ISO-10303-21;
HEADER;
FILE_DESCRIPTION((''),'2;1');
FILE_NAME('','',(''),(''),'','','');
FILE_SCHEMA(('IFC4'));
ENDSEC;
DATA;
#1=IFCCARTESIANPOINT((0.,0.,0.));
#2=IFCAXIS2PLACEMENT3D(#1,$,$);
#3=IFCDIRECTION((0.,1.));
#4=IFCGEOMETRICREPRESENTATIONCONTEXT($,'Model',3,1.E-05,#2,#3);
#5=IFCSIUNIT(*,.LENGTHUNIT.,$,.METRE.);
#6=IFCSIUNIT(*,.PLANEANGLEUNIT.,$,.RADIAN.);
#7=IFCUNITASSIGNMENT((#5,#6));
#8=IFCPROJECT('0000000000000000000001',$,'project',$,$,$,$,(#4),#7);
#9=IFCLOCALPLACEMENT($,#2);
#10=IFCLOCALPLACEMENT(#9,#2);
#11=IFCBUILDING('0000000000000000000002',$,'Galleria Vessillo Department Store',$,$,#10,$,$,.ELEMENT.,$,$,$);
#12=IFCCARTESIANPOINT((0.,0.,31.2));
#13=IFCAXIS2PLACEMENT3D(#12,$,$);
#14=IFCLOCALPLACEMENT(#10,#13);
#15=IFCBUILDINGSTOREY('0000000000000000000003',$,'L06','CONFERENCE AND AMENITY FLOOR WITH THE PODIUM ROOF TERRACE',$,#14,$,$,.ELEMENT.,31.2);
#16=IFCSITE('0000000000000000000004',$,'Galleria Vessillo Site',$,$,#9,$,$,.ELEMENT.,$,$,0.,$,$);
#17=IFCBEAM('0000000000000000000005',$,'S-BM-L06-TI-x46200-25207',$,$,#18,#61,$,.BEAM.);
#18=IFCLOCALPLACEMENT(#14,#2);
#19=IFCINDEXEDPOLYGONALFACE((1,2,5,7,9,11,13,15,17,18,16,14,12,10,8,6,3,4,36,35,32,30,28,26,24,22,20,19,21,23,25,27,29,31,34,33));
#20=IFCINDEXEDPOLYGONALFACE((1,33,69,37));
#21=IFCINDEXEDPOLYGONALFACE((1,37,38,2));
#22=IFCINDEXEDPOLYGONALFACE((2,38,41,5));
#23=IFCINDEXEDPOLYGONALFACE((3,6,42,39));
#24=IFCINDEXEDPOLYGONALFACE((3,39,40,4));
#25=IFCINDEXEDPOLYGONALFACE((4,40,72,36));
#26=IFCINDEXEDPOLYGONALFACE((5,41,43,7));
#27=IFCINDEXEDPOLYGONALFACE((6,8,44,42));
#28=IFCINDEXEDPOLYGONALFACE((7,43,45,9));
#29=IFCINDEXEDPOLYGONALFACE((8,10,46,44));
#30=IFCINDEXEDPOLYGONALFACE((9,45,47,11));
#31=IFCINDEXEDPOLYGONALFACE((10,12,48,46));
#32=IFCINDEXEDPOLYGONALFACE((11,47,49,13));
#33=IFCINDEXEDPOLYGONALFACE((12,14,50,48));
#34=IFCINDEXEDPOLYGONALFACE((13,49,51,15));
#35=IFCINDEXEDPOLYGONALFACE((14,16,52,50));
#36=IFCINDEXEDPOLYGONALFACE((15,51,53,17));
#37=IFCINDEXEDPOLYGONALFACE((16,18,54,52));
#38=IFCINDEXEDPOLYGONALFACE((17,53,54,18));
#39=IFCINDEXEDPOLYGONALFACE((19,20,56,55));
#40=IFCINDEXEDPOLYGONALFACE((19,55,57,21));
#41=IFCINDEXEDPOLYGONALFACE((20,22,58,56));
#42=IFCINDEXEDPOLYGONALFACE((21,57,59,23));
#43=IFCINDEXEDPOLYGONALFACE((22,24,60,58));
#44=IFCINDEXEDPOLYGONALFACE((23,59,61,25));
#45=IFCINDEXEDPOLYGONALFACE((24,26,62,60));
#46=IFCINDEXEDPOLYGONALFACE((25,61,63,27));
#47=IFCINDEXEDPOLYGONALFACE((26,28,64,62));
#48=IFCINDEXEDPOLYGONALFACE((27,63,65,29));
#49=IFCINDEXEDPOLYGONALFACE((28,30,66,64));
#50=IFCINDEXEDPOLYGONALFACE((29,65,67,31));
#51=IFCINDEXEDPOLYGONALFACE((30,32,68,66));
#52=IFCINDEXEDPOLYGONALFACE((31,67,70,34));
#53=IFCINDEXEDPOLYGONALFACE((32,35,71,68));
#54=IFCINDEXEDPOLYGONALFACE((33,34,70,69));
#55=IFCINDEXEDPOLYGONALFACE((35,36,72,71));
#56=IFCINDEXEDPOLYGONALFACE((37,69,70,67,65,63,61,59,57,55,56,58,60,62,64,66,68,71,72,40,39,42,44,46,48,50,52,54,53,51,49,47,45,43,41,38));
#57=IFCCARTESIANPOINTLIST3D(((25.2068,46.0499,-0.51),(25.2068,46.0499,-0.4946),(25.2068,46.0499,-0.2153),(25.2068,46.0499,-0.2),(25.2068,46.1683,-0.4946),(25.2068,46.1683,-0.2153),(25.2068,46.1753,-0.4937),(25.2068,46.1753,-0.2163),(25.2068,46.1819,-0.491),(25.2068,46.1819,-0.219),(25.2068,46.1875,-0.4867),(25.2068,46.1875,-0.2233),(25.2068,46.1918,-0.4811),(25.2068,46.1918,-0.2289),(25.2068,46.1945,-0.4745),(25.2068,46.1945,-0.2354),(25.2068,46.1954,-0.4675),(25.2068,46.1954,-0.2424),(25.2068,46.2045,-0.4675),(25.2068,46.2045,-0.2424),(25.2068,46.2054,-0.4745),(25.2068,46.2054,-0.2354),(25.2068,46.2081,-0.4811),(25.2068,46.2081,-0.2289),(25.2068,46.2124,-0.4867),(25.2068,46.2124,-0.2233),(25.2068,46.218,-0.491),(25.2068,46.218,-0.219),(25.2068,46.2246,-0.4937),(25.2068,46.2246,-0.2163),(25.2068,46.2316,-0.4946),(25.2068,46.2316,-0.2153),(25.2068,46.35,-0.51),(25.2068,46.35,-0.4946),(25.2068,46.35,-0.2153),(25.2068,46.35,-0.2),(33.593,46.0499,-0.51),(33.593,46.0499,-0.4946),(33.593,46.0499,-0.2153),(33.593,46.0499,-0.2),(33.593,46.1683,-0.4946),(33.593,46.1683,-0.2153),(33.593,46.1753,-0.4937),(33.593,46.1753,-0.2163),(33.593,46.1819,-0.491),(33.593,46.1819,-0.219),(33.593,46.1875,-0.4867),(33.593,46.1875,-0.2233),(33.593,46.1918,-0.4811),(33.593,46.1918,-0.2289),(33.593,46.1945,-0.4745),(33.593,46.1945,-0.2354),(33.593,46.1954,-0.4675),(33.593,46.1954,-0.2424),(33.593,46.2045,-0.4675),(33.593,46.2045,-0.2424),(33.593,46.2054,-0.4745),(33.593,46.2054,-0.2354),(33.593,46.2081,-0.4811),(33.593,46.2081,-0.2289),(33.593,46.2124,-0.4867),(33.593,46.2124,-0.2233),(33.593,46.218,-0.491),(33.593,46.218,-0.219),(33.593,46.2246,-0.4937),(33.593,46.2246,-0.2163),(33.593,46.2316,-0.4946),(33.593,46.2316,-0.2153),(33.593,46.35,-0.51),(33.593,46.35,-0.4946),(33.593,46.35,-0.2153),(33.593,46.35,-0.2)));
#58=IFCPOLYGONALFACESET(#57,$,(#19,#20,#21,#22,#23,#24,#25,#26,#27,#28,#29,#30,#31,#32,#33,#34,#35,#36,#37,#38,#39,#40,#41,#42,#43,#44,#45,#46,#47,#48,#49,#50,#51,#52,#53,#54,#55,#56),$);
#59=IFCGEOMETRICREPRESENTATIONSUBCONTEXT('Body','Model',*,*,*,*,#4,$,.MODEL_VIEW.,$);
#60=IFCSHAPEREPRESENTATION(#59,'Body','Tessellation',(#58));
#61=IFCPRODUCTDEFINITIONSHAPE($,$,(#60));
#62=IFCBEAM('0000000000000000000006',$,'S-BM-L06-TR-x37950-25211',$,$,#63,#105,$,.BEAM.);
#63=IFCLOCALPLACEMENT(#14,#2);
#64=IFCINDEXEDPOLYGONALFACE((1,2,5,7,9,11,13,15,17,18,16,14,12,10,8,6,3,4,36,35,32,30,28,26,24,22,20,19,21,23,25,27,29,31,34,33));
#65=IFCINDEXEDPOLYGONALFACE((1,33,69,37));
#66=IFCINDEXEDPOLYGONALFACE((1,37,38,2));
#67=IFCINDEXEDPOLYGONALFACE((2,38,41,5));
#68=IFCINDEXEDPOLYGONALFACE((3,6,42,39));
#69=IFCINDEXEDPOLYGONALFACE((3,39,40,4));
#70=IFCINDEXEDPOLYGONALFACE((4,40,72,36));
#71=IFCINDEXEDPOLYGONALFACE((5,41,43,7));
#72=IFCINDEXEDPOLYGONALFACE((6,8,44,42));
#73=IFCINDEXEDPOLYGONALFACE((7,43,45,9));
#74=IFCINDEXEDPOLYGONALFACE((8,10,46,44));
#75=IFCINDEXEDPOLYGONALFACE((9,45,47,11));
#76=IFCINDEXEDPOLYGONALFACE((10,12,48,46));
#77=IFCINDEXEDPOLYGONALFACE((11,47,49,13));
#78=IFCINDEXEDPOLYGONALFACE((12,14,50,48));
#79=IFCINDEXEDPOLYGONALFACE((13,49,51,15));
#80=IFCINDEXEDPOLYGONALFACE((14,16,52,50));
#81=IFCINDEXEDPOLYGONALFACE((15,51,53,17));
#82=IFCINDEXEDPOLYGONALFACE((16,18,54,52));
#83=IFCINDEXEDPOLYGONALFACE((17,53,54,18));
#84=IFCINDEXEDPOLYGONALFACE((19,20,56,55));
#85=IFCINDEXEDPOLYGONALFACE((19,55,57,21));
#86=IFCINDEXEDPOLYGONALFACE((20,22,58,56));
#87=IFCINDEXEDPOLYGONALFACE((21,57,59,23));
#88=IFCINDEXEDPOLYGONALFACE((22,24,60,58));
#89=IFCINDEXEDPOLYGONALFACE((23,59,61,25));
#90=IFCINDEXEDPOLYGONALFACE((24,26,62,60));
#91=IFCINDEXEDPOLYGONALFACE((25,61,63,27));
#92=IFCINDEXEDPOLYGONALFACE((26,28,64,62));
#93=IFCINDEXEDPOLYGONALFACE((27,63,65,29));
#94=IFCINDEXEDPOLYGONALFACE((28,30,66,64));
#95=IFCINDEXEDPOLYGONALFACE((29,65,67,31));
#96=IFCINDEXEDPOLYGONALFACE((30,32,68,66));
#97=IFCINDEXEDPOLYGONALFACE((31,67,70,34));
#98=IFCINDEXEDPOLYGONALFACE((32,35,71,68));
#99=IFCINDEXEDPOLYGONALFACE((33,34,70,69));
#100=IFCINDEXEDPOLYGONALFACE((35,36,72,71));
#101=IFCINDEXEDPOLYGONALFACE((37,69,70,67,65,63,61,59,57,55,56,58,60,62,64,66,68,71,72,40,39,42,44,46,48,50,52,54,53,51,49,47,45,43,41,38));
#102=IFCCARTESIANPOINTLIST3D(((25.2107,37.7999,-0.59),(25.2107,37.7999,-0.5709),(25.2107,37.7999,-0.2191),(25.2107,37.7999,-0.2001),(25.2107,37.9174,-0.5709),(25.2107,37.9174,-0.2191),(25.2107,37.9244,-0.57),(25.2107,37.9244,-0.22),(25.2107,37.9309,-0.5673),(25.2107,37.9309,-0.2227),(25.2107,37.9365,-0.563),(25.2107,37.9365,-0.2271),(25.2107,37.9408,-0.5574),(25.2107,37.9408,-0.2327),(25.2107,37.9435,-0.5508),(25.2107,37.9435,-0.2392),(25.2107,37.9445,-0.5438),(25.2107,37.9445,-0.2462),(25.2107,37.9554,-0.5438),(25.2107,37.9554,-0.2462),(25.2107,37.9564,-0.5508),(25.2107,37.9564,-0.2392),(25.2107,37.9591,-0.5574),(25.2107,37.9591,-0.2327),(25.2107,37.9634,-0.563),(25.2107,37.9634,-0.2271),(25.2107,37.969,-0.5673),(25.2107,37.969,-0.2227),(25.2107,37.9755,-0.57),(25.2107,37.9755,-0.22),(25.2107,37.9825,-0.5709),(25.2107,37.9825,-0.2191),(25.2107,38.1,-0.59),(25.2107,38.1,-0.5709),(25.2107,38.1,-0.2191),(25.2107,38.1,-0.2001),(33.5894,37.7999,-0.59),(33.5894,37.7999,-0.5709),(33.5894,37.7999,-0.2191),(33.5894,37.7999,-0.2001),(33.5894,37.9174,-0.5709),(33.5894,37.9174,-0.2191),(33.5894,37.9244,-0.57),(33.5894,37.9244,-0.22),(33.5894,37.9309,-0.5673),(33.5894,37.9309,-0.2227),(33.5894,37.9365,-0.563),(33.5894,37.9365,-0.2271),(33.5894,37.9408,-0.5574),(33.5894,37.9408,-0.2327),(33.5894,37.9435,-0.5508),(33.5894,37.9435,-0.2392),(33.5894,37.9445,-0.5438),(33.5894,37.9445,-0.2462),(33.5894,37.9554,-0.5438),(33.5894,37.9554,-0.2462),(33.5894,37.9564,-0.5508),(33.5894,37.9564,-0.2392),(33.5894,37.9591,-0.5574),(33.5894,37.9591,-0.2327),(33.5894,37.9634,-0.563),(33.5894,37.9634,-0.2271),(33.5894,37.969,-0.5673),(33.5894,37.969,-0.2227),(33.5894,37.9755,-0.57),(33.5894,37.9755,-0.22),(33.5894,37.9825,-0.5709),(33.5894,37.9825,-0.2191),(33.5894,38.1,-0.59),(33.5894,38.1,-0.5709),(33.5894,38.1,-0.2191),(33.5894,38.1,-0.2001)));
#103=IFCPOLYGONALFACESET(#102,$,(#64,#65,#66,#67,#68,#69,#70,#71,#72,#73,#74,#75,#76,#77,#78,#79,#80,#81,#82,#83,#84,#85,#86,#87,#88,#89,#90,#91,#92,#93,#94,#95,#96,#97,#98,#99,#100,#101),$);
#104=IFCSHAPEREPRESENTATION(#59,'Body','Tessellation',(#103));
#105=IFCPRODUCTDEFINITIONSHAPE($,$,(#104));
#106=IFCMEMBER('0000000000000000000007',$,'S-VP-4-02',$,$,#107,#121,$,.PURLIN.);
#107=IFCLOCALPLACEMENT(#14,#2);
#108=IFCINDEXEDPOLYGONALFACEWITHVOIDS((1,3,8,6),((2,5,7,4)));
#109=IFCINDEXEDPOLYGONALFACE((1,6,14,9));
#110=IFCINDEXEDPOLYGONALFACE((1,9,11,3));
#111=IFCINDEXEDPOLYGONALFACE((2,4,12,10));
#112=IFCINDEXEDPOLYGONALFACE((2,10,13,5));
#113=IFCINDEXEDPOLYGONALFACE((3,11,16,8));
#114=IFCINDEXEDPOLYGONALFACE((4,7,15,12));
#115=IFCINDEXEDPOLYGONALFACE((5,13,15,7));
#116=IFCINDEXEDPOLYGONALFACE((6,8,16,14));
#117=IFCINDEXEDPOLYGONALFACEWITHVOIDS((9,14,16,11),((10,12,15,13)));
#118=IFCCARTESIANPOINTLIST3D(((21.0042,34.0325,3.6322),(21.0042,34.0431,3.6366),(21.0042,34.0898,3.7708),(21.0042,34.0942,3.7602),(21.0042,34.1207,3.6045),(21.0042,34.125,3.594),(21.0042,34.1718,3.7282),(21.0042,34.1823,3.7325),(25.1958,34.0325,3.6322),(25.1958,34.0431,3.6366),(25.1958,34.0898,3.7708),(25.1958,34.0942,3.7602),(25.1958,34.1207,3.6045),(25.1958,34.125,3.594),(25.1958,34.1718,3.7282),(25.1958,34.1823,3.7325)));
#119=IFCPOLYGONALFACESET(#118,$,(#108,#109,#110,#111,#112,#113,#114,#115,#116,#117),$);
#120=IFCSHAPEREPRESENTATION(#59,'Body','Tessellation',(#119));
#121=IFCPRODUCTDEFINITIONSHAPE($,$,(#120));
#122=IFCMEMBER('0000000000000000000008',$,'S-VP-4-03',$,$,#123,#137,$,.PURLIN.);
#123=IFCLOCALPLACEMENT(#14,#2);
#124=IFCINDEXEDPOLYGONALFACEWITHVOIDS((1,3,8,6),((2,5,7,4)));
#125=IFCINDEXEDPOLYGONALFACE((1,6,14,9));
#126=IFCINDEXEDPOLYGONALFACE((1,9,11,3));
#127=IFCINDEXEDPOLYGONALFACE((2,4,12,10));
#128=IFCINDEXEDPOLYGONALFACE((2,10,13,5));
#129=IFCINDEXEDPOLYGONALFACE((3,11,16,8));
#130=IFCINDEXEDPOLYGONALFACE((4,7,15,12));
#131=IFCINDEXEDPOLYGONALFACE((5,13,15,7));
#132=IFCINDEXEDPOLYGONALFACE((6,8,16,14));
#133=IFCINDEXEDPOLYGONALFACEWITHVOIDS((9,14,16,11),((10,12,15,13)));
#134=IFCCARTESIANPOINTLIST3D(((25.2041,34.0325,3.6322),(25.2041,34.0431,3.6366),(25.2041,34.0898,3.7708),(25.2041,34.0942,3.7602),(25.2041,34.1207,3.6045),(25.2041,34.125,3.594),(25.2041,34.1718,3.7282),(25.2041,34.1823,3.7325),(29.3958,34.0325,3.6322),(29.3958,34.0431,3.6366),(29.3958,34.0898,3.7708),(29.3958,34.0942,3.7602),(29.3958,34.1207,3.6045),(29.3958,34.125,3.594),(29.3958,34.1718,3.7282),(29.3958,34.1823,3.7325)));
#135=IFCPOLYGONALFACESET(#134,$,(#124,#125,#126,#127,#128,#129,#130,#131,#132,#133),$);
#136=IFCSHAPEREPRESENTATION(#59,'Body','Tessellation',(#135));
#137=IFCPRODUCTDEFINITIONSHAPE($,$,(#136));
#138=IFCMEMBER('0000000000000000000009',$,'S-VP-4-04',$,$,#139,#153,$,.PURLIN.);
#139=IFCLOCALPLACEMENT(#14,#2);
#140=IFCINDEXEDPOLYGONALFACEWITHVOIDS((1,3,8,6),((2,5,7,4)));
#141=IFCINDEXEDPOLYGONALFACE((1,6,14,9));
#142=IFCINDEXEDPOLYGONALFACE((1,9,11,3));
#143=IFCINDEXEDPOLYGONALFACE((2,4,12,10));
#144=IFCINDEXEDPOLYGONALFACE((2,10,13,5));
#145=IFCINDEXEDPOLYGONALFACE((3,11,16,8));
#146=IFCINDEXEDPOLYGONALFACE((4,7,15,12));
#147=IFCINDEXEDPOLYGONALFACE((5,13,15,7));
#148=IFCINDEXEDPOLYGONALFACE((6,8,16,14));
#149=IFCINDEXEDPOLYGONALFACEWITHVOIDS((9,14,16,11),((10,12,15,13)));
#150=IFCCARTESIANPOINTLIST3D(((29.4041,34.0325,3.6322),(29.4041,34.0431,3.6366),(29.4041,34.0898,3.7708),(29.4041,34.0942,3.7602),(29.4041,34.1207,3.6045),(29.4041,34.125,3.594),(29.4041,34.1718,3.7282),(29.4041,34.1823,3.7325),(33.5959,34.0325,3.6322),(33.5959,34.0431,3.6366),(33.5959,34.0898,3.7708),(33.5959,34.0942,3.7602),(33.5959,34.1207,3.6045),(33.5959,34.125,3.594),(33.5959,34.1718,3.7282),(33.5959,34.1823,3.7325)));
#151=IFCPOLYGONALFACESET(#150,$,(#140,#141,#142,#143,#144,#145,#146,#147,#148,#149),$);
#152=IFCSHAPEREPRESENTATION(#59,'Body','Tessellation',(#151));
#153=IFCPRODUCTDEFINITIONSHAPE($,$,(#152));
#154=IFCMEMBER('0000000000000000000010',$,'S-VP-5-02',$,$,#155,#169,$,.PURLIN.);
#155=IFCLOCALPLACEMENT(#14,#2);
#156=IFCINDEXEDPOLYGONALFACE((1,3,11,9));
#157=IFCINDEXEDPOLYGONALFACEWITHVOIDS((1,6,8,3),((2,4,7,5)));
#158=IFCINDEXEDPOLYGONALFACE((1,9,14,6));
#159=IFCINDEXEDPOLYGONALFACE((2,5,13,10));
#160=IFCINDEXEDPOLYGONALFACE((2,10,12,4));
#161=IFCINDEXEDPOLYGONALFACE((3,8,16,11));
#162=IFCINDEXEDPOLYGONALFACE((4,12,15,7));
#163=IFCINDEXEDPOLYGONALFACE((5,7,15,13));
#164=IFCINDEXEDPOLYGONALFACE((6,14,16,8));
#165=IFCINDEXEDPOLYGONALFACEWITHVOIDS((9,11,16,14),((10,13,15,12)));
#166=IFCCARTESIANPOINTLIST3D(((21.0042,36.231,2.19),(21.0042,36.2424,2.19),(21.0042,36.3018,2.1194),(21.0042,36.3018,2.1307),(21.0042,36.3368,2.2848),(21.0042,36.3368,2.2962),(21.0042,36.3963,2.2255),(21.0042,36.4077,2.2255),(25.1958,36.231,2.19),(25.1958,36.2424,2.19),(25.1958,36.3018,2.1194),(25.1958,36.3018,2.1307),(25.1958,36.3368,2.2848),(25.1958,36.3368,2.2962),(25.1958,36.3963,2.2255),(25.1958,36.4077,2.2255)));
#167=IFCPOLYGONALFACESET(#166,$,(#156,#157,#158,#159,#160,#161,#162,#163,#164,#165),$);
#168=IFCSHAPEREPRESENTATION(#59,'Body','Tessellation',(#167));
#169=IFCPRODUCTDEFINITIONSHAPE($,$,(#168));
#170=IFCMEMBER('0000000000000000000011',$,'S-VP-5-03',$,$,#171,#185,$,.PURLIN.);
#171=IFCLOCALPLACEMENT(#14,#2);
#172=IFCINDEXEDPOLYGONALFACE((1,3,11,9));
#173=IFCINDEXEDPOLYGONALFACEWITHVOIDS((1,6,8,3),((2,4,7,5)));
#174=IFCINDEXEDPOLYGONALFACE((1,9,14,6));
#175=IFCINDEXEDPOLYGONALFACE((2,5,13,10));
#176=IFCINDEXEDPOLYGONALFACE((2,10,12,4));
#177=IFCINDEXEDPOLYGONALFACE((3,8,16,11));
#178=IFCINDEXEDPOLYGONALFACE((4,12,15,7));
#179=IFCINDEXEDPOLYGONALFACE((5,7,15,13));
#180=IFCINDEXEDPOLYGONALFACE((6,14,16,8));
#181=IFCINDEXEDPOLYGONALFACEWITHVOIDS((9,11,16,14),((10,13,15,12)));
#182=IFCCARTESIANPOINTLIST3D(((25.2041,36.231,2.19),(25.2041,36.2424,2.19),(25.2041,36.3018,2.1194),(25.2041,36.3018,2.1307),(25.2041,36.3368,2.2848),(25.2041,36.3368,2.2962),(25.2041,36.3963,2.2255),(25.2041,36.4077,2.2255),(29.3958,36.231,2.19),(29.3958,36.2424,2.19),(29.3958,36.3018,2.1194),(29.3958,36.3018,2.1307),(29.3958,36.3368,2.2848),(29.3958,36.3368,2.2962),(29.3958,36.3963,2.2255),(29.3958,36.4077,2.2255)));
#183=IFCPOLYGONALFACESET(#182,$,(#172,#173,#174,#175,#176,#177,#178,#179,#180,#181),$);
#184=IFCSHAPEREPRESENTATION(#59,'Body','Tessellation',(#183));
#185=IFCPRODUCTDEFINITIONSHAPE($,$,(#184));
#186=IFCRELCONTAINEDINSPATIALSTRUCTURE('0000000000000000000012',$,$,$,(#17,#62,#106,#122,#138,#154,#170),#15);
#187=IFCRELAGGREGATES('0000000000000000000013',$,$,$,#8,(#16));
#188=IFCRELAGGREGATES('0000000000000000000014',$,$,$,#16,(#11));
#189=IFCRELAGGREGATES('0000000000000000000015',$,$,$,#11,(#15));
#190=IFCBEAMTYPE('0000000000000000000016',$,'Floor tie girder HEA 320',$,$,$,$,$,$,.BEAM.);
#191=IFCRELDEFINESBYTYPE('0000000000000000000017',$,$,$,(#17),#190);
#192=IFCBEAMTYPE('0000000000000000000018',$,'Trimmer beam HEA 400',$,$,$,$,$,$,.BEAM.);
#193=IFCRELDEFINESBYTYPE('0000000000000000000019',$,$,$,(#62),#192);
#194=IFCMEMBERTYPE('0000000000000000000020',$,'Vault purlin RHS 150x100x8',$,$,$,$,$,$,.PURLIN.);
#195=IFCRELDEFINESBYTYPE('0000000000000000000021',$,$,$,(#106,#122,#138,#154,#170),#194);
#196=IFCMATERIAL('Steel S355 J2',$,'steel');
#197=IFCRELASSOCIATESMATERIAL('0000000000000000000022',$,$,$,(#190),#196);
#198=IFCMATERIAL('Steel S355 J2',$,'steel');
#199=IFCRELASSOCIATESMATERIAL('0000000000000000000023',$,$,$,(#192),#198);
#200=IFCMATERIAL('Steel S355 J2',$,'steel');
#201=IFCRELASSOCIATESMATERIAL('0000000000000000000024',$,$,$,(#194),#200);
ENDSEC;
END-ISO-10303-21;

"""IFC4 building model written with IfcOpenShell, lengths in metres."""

from ifc_helpers import new_model, si_unit, direction, frame, origin, origin_2d, place, context, subcontext, project, spatial, hollow_rectangle, i_section, extrude, material, material_profile, profile_set, type_object, element, save


model = new_model("IFC4")

# Units and contexts
model_context = context("Model", 3, precision=1e-05, world=origin(), true_north=direction((0.0, 1.0)))
body_context = subcontext(model_context, "Body", "Model", "MODEL_VIEW")
ifc_project = project(units=[si_unit("LENGTHUNIT", "METRE"), si_unit("PLANEANGLEUNIT", "RADIAN")], contexts=[model_context])

# Site, building, storey
site_placement = place(None, origin())
site = spatial("IfcSite", under=ifc_project, at=site_placement, Name="Galleria Vessillo Site", CompositionType="ELEMENT", RefElevation=0.0)
building_placement = place(site_placement, origin())
building = spatial("IfcBuilding", under=site, at=building_placement, Name="Galleria Vessillo Department Store", CompositionType="ELEMENT")
storey_placement = place(building_placement, frame((0.0, 0.0, 31.2)))
storey = spatial("IfcBuildingStorey", under=building, at=storey_placement, Name="L06", Description="CONFERENCE AND AMENITY FLOOR WITH THE PODIUM ROOF TERRACE", CompositionType="ELEMENT", Elevation=31.2)

# Beams
ifc_material_1 = material(Name="Steel S355 J2", Category="steel")
ifc_material_profile_1 = material_profile(ifc_material_1, i_section(OverallWidth=0.3, OverallDepth=0.3101, WebThickness=0.009, FlangeThickness=0.0154, FilletRadius=0.0271, at=origin_2d()), Name="HEA 320")
ifc_profile_set_1 = profile_set([ifc_material_profile_1], Name="Steel S355 J2")
beam_type_1 = type_object("IfcBeamType", Name="Floor tie girder HEA 320", PredefinedType="BEAM", material=ifc_profile_set_1)
beam_1_placement = place(storey_placement, frame((25.2068, 46.2, -0.355), z_axis=(1.0, 0.0, 0.0), x_axis=(0.0, 1.0, 0.0)))
element("IfcBeam", 1, at=beam_1_placement, inside=storey, type_object=beam_type_1, Name="S-BM-L06-TI-x46200-25207", PredefinedType="BEAM", context=body_context, shape_type="SweptSolid", body=[
    extrude(i_section(OverallWidth=0.3, OverallDepth=0.3101, WebThickness=0.009, FlangeThickness=0.0154, FilletRadius=0.0271, at=origin_2d()), origin(), (0.0, 0.0, 1.0), 8.3862),
])
ifc_material_2 = material(Name="Steel S355 J2", Category="steel")
ifc_material_profile_2 = material_profile(ifc_material_2, i_section(OverallWidth=0.3, OverallDepth=0.3899, WebThickness=0.011, FlangeThickness=0.019, FilletRadius=0.0271, at=origin_2d()), Name="HEA 400")
ifc_profile_set_2 = profile_set([ifc_material_profile_2], Name="Steel S355 J2")
beam_type_2 = type_object("IfcBeamType", Name="Trimmer beam HEA 400", PredefinedType="BEAM", material=ifc_profile_set_2)
beam_2_placement = place(storey_placement, frame((25.2107, 37.95, -0.395), z_axis=(1.0, 0.0, 0.0), x_axis=(0.0, 1.0, 0.0)))
element("IfcBeam", 2, at=beam_2_placement, inside=storey, type_object=beam_type_2, Name="S-BM-L06-TR-x37950-25211", PredefinedType="BEAM", context=body_context, shape_type="SweptSolid", body=[
    extrude(i_section(OverallWidth=0.3, OverallDepth=0.3899, WebThickness=0.011, FlangeThickness=0.019, FilletRadius=0.0271, at=origin_2d()), origin(), (0.0, 0.0, 1.0), 8.3787),
])

# Members
ifc_material_3 = material(Name="Steel S355 J2", Category="steel")
ifc_material_profile_3 = material_profile(ifc_material_3, hollow_rectangle(XDim=0.1001, YDim=0.1499, WallThickness=0.0081, at=origin_2d()), Name="RHS 150x100x8")
ifc_profile_set_3 = profile_set([ifc_material_profile_3], Name="Steel S355 J2")
member_type_1 = type_object("IfcMemberType", Name="Vault purlin RHS 150x100x8", PredefinedType="PURLIN", material=ifc_profile_set_3)
for number, where, z_axis, x_axis, name in (
    (3, (21.0042, 34.1074, 3.6824), (1.0, 0.0, 0.0), (0.0, 0.924145, -0.382043), "S-VP-4-02"),
    (4, (25.2041, 34.1074, 3.6824), (1.0, 0.0, 0.0), (0.0, 0.924145, -0.382043), "S-VP-4-03"),
):
    element("IfcMember", number, at=place(storey_placement, frame(where, z_axis=z_axis, x_axis=x_axis)), inside=storey, type_object=member_type_1, Name=name, PredefinedType="PURLIN", context=body_context, shape_type="SweptSolid", body=[
        extrude(hollow_rectangle(XDim=0.1001, YDim=0.1499, WallThickness=0.0081, at=origin_2d()), origin(), (0.0, 0.0, 1.0), 4.1917),
    ])
member_1_placement = place(storey_placement, frame((29.4041, 34.1074, 3.6824), z_axis=(1.0, 0.0, 0.0), x_axis=(0.0, 0.924145, -0.382043)))
element("IfcMember", 5, at=member_1_placement, inside=storey, type_object=member_type_1, Name="S-VP-4-04", PredefinedType="PURLIN", context=body_context, shape_type="SweptSolid", body=[
    extrude(hollow_rectangle(XDim=0.1001, YDim=0.1499, WallThickness=0.0081, at=origin_2d()), origin(), (0.0, 0.0, 1.0), 4.1919),
])
for number, where, z_axis, x_axis, name in (
    (6, (21.0042, 36.3193, 2.2078), (1.0, 0.0, 0.0), (0.0, 0.708077, -0.706135), "S-VP-5-02"),
    (7, (25.2041, 36.3193, 2.2078), (1.0, 0.0, 0.0), (0.0, 0.708077, -0.706135), "S-VP-5-03"),
):
    element("IfcMember", number, at=place(storey_placement, frame(where, z_axis=z_axis, x_axis=x_axis)), inside=storey, type_object=member_type_1, Name=name, PredefinedType="PURLIN", context=body_context, shape_type="SweptSolid", body=[
        extrude(hollow_rectangle(XDim=0.1001, YDim=0.1499, WallThickness=0.0081, at=origin_2d()), origin(), (0.0, 0.0, 1.0), 4.1917),
    ])

save(model, "model.ifc")
